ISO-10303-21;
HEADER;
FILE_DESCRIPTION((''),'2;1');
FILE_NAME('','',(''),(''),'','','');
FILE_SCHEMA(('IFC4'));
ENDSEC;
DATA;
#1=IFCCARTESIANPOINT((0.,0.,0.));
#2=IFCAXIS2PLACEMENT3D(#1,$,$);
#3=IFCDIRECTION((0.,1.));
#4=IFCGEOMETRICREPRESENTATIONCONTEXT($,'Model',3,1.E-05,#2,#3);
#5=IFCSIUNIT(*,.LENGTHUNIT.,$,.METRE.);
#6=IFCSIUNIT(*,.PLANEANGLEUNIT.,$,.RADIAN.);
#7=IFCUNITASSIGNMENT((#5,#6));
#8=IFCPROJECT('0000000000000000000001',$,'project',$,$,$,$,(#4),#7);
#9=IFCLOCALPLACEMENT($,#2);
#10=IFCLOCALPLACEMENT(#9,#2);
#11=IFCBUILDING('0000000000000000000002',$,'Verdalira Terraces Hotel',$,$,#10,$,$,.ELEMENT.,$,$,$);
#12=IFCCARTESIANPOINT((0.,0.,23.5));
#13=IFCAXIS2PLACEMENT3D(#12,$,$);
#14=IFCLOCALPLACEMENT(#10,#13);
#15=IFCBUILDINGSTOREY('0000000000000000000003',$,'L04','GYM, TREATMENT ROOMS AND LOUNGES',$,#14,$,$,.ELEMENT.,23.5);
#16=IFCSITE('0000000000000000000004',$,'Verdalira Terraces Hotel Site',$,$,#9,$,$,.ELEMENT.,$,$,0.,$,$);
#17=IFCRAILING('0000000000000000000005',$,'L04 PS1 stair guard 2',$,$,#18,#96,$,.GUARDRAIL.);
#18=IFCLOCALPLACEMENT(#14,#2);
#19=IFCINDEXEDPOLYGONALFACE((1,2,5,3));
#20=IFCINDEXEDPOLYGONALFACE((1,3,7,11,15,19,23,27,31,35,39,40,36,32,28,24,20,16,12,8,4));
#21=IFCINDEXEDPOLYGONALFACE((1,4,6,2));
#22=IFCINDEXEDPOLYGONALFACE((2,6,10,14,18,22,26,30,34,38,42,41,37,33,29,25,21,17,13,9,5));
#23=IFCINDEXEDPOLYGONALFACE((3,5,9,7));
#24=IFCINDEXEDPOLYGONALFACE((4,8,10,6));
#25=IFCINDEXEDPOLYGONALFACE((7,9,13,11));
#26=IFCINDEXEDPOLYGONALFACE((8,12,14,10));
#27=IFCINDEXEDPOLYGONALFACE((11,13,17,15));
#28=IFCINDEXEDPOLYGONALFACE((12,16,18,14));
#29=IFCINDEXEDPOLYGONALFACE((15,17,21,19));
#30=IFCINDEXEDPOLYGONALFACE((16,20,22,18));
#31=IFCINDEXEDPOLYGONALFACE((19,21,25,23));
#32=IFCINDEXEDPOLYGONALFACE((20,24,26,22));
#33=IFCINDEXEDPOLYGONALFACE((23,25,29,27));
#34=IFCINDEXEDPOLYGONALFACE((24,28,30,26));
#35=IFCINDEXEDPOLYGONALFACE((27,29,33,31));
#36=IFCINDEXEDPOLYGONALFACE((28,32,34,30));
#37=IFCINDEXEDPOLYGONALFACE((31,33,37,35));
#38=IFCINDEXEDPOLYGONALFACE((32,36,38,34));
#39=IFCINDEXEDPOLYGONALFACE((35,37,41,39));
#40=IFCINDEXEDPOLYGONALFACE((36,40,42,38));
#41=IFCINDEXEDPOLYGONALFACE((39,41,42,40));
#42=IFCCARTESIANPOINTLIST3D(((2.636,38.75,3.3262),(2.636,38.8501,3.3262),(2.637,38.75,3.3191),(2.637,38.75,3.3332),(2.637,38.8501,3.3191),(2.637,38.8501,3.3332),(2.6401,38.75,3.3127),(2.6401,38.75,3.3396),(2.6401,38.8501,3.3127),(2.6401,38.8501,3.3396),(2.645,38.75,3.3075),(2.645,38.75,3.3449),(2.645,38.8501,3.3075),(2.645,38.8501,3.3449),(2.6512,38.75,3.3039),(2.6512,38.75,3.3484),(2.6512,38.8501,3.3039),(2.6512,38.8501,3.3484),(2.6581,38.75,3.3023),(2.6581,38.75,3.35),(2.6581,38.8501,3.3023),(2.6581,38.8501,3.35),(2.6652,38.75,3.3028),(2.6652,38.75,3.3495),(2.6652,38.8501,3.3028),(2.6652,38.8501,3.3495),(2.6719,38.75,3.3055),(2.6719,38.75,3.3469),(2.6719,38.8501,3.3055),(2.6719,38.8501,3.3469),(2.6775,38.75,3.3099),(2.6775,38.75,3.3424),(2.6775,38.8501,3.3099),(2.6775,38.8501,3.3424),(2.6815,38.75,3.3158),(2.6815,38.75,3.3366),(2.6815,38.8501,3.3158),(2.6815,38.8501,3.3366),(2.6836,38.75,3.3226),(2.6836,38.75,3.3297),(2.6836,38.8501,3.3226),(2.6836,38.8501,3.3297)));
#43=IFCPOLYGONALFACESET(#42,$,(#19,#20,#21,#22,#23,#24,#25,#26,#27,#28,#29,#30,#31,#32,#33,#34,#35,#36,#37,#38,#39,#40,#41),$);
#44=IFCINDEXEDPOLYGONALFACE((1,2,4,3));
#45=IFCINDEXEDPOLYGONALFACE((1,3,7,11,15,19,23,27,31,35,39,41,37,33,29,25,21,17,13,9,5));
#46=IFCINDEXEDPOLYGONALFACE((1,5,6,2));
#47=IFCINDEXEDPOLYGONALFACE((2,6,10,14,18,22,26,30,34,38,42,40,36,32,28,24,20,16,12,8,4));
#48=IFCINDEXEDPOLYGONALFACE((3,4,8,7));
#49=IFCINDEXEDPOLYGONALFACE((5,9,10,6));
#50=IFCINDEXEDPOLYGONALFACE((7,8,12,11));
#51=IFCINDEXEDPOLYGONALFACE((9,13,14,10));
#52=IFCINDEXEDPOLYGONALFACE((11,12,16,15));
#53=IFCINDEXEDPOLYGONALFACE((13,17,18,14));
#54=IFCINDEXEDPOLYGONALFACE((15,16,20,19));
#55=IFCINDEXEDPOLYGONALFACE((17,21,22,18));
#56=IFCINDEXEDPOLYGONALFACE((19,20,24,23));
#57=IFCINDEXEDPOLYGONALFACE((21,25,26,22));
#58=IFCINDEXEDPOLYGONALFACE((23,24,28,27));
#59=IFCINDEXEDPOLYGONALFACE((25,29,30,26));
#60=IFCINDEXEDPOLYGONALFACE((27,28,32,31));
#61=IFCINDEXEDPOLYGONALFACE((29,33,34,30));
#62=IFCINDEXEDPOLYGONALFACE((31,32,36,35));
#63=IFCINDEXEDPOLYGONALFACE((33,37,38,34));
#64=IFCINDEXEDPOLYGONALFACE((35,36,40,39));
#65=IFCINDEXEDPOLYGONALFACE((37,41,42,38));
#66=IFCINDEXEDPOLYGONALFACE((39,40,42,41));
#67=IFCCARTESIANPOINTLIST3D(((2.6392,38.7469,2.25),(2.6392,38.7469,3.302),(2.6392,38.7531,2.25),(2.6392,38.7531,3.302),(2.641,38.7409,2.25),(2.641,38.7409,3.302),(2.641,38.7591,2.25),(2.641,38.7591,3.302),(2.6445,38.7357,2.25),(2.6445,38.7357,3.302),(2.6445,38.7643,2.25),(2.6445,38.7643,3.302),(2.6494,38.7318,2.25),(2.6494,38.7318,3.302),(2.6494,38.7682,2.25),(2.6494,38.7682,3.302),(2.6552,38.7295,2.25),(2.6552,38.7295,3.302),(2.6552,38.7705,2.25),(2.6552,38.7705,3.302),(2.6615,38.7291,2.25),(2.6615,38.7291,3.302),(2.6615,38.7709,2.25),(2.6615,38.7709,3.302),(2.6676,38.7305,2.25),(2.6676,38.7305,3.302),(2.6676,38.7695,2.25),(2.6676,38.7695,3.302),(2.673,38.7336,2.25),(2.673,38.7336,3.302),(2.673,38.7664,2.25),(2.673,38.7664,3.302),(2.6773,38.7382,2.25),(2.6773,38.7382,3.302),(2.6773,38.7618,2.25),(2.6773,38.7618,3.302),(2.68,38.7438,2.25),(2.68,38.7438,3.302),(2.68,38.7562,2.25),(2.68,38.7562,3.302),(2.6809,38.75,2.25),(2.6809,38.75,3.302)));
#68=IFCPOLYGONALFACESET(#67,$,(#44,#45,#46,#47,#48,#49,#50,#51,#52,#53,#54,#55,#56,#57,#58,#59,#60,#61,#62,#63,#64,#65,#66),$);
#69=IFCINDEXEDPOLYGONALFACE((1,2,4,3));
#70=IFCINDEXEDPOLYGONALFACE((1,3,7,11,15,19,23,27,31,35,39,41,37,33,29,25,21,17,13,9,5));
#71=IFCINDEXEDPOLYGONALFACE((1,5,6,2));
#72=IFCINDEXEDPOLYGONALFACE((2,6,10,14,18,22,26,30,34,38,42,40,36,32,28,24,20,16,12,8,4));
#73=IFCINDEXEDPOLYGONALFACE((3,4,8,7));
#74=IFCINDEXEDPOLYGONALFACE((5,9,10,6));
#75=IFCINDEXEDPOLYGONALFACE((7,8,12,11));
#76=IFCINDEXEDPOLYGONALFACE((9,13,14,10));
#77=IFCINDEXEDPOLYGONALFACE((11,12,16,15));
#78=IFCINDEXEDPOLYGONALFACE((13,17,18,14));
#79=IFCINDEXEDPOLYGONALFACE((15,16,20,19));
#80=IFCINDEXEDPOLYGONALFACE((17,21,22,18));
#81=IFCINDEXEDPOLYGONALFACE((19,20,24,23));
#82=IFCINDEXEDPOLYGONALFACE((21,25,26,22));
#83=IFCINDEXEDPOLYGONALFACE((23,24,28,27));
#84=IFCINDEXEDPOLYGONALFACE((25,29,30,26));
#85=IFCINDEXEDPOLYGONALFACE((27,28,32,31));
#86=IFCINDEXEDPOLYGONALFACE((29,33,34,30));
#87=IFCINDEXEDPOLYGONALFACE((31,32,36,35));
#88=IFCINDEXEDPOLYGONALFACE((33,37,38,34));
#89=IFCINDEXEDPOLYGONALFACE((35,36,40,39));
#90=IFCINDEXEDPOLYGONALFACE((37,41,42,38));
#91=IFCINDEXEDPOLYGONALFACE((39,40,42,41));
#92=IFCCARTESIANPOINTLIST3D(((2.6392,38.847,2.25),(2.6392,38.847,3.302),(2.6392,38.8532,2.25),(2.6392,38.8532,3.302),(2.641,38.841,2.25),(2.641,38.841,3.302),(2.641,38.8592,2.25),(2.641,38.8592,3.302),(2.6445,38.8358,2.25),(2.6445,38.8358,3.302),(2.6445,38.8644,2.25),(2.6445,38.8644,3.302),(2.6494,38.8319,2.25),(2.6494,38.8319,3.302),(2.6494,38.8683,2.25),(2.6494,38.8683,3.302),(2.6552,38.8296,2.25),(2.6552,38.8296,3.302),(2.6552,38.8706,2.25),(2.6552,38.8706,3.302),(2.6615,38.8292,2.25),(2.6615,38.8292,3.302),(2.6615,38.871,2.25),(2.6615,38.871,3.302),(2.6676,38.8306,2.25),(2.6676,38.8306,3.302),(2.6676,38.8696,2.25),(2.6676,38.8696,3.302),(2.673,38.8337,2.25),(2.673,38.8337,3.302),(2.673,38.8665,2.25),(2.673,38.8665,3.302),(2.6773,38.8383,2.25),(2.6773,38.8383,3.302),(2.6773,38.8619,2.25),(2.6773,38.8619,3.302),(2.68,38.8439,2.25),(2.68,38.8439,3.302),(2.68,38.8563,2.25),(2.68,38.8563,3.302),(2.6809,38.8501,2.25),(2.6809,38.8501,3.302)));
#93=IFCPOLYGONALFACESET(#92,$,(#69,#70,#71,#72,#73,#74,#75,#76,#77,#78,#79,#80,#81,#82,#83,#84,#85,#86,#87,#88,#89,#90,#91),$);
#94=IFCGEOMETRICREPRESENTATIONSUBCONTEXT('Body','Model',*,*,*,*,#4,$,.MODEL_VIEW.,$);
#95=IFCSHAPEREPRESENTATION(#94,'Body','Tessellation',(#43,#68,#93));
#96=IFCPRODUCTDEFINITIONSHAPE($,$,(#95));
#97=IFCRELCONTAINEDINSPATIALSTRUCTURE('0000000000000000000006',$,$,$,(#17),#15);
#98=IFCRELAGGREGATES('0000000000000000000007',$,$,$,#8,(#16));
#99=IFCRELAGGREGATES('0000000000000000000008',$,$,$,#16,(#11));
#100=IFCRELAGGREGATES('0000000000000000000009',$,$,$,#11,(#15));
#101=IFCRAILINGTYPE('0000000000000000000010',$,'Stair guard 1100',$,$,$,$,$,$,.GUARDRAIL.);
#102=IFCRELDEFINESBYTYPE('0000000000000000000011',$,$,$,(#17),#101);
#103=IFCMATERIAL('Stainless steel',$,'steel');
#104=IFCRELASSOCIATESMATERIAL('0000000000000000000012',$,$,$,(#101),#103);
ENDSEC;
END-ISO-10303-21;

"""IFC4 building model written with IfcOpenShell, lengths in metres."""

from ifc_helpers import new_model, si_unit, direction, frame, origin, origin_2d, place, context, subcontext, project, spatial, circle, extrude, material, type_object, element, save


model = new_model("IFC4")

# Units and contexts
model_context = context("Model", 3, precision=1e-05, world=origin(), true_north=direction((0.0, 1.0)))
body_context = subcontext(model_context, "Body", "Model", "MODEL_VIEW")
ifc_project = project(units=[si_unit("LENGTHUNIT", "METRE"), si_unit("PLANEANGLEUNIT", "RADIAN")], contexts=[model_context])

# Site, building, storey
site_placement = place(None, origin())
site = spatial("IfcSite", under=ifc_project, at=site_placement, Name="Verdalira Terraces Hotel Site", CompositionType="ELEMENT", RefElevation=0.0)
building_placement = place(site_placement, origin())
building = spatial("IfcBuilding", under=site, at=building_placement, Name="Verdalira Terraces Hotel", CompositionType="ELEMENT")
storey_placement = place(building_placement, frame((0.0, 0.0, 23.5)))
storey = spatial("IfcBuildingStorey", under=building, at=storey_placement, Name="L04", Description="GYM, TREATMENT ROOMS AND LOUNGES", CompositionType="ELEMENT", Elevation=23.5)

# Railing
ifc_material_1 = material(Name="Stainless steel", Category="steel")
railing_type_1 = type_object("IfcRailingType", Name="Stair guard 1100", PredefinedType="GUARDRAIL", material=ifc_material_1)
railing_1_placement = place(storey_placement, frame((2.6599, 38.75, 2.25)))
element("IfcRailing", 1, at=railing_1_placement, inside=storey, type_object=railing_type_1, Name="L04 PS1 stair guard 2", PredefinedType="GUARDRAIL", context=body_context, shape_type="SweptSolid", body=[
    extrude(circle(Radius=0.0239, at=origin_2d()), frame((0.0, 0.0, 1.0762), z_axis=(0.0, 1.0, 0.0), x_axis=(-1.0, 0.0, 0.0)), (0.0, 0.0, 1.0), 0.1001),
    extrude(circle(Radius=0.021, at=origin_2d()), origin(), (0.0, 0.0, 1.0), 1.052),
    extrude(circle(Radius=0.021, at=origin_2d()), frame((0.0, 0.1001, 0.0)), (0.0, 0.0, 1.0), 1.052),
])

save(model, "model.ifc")
